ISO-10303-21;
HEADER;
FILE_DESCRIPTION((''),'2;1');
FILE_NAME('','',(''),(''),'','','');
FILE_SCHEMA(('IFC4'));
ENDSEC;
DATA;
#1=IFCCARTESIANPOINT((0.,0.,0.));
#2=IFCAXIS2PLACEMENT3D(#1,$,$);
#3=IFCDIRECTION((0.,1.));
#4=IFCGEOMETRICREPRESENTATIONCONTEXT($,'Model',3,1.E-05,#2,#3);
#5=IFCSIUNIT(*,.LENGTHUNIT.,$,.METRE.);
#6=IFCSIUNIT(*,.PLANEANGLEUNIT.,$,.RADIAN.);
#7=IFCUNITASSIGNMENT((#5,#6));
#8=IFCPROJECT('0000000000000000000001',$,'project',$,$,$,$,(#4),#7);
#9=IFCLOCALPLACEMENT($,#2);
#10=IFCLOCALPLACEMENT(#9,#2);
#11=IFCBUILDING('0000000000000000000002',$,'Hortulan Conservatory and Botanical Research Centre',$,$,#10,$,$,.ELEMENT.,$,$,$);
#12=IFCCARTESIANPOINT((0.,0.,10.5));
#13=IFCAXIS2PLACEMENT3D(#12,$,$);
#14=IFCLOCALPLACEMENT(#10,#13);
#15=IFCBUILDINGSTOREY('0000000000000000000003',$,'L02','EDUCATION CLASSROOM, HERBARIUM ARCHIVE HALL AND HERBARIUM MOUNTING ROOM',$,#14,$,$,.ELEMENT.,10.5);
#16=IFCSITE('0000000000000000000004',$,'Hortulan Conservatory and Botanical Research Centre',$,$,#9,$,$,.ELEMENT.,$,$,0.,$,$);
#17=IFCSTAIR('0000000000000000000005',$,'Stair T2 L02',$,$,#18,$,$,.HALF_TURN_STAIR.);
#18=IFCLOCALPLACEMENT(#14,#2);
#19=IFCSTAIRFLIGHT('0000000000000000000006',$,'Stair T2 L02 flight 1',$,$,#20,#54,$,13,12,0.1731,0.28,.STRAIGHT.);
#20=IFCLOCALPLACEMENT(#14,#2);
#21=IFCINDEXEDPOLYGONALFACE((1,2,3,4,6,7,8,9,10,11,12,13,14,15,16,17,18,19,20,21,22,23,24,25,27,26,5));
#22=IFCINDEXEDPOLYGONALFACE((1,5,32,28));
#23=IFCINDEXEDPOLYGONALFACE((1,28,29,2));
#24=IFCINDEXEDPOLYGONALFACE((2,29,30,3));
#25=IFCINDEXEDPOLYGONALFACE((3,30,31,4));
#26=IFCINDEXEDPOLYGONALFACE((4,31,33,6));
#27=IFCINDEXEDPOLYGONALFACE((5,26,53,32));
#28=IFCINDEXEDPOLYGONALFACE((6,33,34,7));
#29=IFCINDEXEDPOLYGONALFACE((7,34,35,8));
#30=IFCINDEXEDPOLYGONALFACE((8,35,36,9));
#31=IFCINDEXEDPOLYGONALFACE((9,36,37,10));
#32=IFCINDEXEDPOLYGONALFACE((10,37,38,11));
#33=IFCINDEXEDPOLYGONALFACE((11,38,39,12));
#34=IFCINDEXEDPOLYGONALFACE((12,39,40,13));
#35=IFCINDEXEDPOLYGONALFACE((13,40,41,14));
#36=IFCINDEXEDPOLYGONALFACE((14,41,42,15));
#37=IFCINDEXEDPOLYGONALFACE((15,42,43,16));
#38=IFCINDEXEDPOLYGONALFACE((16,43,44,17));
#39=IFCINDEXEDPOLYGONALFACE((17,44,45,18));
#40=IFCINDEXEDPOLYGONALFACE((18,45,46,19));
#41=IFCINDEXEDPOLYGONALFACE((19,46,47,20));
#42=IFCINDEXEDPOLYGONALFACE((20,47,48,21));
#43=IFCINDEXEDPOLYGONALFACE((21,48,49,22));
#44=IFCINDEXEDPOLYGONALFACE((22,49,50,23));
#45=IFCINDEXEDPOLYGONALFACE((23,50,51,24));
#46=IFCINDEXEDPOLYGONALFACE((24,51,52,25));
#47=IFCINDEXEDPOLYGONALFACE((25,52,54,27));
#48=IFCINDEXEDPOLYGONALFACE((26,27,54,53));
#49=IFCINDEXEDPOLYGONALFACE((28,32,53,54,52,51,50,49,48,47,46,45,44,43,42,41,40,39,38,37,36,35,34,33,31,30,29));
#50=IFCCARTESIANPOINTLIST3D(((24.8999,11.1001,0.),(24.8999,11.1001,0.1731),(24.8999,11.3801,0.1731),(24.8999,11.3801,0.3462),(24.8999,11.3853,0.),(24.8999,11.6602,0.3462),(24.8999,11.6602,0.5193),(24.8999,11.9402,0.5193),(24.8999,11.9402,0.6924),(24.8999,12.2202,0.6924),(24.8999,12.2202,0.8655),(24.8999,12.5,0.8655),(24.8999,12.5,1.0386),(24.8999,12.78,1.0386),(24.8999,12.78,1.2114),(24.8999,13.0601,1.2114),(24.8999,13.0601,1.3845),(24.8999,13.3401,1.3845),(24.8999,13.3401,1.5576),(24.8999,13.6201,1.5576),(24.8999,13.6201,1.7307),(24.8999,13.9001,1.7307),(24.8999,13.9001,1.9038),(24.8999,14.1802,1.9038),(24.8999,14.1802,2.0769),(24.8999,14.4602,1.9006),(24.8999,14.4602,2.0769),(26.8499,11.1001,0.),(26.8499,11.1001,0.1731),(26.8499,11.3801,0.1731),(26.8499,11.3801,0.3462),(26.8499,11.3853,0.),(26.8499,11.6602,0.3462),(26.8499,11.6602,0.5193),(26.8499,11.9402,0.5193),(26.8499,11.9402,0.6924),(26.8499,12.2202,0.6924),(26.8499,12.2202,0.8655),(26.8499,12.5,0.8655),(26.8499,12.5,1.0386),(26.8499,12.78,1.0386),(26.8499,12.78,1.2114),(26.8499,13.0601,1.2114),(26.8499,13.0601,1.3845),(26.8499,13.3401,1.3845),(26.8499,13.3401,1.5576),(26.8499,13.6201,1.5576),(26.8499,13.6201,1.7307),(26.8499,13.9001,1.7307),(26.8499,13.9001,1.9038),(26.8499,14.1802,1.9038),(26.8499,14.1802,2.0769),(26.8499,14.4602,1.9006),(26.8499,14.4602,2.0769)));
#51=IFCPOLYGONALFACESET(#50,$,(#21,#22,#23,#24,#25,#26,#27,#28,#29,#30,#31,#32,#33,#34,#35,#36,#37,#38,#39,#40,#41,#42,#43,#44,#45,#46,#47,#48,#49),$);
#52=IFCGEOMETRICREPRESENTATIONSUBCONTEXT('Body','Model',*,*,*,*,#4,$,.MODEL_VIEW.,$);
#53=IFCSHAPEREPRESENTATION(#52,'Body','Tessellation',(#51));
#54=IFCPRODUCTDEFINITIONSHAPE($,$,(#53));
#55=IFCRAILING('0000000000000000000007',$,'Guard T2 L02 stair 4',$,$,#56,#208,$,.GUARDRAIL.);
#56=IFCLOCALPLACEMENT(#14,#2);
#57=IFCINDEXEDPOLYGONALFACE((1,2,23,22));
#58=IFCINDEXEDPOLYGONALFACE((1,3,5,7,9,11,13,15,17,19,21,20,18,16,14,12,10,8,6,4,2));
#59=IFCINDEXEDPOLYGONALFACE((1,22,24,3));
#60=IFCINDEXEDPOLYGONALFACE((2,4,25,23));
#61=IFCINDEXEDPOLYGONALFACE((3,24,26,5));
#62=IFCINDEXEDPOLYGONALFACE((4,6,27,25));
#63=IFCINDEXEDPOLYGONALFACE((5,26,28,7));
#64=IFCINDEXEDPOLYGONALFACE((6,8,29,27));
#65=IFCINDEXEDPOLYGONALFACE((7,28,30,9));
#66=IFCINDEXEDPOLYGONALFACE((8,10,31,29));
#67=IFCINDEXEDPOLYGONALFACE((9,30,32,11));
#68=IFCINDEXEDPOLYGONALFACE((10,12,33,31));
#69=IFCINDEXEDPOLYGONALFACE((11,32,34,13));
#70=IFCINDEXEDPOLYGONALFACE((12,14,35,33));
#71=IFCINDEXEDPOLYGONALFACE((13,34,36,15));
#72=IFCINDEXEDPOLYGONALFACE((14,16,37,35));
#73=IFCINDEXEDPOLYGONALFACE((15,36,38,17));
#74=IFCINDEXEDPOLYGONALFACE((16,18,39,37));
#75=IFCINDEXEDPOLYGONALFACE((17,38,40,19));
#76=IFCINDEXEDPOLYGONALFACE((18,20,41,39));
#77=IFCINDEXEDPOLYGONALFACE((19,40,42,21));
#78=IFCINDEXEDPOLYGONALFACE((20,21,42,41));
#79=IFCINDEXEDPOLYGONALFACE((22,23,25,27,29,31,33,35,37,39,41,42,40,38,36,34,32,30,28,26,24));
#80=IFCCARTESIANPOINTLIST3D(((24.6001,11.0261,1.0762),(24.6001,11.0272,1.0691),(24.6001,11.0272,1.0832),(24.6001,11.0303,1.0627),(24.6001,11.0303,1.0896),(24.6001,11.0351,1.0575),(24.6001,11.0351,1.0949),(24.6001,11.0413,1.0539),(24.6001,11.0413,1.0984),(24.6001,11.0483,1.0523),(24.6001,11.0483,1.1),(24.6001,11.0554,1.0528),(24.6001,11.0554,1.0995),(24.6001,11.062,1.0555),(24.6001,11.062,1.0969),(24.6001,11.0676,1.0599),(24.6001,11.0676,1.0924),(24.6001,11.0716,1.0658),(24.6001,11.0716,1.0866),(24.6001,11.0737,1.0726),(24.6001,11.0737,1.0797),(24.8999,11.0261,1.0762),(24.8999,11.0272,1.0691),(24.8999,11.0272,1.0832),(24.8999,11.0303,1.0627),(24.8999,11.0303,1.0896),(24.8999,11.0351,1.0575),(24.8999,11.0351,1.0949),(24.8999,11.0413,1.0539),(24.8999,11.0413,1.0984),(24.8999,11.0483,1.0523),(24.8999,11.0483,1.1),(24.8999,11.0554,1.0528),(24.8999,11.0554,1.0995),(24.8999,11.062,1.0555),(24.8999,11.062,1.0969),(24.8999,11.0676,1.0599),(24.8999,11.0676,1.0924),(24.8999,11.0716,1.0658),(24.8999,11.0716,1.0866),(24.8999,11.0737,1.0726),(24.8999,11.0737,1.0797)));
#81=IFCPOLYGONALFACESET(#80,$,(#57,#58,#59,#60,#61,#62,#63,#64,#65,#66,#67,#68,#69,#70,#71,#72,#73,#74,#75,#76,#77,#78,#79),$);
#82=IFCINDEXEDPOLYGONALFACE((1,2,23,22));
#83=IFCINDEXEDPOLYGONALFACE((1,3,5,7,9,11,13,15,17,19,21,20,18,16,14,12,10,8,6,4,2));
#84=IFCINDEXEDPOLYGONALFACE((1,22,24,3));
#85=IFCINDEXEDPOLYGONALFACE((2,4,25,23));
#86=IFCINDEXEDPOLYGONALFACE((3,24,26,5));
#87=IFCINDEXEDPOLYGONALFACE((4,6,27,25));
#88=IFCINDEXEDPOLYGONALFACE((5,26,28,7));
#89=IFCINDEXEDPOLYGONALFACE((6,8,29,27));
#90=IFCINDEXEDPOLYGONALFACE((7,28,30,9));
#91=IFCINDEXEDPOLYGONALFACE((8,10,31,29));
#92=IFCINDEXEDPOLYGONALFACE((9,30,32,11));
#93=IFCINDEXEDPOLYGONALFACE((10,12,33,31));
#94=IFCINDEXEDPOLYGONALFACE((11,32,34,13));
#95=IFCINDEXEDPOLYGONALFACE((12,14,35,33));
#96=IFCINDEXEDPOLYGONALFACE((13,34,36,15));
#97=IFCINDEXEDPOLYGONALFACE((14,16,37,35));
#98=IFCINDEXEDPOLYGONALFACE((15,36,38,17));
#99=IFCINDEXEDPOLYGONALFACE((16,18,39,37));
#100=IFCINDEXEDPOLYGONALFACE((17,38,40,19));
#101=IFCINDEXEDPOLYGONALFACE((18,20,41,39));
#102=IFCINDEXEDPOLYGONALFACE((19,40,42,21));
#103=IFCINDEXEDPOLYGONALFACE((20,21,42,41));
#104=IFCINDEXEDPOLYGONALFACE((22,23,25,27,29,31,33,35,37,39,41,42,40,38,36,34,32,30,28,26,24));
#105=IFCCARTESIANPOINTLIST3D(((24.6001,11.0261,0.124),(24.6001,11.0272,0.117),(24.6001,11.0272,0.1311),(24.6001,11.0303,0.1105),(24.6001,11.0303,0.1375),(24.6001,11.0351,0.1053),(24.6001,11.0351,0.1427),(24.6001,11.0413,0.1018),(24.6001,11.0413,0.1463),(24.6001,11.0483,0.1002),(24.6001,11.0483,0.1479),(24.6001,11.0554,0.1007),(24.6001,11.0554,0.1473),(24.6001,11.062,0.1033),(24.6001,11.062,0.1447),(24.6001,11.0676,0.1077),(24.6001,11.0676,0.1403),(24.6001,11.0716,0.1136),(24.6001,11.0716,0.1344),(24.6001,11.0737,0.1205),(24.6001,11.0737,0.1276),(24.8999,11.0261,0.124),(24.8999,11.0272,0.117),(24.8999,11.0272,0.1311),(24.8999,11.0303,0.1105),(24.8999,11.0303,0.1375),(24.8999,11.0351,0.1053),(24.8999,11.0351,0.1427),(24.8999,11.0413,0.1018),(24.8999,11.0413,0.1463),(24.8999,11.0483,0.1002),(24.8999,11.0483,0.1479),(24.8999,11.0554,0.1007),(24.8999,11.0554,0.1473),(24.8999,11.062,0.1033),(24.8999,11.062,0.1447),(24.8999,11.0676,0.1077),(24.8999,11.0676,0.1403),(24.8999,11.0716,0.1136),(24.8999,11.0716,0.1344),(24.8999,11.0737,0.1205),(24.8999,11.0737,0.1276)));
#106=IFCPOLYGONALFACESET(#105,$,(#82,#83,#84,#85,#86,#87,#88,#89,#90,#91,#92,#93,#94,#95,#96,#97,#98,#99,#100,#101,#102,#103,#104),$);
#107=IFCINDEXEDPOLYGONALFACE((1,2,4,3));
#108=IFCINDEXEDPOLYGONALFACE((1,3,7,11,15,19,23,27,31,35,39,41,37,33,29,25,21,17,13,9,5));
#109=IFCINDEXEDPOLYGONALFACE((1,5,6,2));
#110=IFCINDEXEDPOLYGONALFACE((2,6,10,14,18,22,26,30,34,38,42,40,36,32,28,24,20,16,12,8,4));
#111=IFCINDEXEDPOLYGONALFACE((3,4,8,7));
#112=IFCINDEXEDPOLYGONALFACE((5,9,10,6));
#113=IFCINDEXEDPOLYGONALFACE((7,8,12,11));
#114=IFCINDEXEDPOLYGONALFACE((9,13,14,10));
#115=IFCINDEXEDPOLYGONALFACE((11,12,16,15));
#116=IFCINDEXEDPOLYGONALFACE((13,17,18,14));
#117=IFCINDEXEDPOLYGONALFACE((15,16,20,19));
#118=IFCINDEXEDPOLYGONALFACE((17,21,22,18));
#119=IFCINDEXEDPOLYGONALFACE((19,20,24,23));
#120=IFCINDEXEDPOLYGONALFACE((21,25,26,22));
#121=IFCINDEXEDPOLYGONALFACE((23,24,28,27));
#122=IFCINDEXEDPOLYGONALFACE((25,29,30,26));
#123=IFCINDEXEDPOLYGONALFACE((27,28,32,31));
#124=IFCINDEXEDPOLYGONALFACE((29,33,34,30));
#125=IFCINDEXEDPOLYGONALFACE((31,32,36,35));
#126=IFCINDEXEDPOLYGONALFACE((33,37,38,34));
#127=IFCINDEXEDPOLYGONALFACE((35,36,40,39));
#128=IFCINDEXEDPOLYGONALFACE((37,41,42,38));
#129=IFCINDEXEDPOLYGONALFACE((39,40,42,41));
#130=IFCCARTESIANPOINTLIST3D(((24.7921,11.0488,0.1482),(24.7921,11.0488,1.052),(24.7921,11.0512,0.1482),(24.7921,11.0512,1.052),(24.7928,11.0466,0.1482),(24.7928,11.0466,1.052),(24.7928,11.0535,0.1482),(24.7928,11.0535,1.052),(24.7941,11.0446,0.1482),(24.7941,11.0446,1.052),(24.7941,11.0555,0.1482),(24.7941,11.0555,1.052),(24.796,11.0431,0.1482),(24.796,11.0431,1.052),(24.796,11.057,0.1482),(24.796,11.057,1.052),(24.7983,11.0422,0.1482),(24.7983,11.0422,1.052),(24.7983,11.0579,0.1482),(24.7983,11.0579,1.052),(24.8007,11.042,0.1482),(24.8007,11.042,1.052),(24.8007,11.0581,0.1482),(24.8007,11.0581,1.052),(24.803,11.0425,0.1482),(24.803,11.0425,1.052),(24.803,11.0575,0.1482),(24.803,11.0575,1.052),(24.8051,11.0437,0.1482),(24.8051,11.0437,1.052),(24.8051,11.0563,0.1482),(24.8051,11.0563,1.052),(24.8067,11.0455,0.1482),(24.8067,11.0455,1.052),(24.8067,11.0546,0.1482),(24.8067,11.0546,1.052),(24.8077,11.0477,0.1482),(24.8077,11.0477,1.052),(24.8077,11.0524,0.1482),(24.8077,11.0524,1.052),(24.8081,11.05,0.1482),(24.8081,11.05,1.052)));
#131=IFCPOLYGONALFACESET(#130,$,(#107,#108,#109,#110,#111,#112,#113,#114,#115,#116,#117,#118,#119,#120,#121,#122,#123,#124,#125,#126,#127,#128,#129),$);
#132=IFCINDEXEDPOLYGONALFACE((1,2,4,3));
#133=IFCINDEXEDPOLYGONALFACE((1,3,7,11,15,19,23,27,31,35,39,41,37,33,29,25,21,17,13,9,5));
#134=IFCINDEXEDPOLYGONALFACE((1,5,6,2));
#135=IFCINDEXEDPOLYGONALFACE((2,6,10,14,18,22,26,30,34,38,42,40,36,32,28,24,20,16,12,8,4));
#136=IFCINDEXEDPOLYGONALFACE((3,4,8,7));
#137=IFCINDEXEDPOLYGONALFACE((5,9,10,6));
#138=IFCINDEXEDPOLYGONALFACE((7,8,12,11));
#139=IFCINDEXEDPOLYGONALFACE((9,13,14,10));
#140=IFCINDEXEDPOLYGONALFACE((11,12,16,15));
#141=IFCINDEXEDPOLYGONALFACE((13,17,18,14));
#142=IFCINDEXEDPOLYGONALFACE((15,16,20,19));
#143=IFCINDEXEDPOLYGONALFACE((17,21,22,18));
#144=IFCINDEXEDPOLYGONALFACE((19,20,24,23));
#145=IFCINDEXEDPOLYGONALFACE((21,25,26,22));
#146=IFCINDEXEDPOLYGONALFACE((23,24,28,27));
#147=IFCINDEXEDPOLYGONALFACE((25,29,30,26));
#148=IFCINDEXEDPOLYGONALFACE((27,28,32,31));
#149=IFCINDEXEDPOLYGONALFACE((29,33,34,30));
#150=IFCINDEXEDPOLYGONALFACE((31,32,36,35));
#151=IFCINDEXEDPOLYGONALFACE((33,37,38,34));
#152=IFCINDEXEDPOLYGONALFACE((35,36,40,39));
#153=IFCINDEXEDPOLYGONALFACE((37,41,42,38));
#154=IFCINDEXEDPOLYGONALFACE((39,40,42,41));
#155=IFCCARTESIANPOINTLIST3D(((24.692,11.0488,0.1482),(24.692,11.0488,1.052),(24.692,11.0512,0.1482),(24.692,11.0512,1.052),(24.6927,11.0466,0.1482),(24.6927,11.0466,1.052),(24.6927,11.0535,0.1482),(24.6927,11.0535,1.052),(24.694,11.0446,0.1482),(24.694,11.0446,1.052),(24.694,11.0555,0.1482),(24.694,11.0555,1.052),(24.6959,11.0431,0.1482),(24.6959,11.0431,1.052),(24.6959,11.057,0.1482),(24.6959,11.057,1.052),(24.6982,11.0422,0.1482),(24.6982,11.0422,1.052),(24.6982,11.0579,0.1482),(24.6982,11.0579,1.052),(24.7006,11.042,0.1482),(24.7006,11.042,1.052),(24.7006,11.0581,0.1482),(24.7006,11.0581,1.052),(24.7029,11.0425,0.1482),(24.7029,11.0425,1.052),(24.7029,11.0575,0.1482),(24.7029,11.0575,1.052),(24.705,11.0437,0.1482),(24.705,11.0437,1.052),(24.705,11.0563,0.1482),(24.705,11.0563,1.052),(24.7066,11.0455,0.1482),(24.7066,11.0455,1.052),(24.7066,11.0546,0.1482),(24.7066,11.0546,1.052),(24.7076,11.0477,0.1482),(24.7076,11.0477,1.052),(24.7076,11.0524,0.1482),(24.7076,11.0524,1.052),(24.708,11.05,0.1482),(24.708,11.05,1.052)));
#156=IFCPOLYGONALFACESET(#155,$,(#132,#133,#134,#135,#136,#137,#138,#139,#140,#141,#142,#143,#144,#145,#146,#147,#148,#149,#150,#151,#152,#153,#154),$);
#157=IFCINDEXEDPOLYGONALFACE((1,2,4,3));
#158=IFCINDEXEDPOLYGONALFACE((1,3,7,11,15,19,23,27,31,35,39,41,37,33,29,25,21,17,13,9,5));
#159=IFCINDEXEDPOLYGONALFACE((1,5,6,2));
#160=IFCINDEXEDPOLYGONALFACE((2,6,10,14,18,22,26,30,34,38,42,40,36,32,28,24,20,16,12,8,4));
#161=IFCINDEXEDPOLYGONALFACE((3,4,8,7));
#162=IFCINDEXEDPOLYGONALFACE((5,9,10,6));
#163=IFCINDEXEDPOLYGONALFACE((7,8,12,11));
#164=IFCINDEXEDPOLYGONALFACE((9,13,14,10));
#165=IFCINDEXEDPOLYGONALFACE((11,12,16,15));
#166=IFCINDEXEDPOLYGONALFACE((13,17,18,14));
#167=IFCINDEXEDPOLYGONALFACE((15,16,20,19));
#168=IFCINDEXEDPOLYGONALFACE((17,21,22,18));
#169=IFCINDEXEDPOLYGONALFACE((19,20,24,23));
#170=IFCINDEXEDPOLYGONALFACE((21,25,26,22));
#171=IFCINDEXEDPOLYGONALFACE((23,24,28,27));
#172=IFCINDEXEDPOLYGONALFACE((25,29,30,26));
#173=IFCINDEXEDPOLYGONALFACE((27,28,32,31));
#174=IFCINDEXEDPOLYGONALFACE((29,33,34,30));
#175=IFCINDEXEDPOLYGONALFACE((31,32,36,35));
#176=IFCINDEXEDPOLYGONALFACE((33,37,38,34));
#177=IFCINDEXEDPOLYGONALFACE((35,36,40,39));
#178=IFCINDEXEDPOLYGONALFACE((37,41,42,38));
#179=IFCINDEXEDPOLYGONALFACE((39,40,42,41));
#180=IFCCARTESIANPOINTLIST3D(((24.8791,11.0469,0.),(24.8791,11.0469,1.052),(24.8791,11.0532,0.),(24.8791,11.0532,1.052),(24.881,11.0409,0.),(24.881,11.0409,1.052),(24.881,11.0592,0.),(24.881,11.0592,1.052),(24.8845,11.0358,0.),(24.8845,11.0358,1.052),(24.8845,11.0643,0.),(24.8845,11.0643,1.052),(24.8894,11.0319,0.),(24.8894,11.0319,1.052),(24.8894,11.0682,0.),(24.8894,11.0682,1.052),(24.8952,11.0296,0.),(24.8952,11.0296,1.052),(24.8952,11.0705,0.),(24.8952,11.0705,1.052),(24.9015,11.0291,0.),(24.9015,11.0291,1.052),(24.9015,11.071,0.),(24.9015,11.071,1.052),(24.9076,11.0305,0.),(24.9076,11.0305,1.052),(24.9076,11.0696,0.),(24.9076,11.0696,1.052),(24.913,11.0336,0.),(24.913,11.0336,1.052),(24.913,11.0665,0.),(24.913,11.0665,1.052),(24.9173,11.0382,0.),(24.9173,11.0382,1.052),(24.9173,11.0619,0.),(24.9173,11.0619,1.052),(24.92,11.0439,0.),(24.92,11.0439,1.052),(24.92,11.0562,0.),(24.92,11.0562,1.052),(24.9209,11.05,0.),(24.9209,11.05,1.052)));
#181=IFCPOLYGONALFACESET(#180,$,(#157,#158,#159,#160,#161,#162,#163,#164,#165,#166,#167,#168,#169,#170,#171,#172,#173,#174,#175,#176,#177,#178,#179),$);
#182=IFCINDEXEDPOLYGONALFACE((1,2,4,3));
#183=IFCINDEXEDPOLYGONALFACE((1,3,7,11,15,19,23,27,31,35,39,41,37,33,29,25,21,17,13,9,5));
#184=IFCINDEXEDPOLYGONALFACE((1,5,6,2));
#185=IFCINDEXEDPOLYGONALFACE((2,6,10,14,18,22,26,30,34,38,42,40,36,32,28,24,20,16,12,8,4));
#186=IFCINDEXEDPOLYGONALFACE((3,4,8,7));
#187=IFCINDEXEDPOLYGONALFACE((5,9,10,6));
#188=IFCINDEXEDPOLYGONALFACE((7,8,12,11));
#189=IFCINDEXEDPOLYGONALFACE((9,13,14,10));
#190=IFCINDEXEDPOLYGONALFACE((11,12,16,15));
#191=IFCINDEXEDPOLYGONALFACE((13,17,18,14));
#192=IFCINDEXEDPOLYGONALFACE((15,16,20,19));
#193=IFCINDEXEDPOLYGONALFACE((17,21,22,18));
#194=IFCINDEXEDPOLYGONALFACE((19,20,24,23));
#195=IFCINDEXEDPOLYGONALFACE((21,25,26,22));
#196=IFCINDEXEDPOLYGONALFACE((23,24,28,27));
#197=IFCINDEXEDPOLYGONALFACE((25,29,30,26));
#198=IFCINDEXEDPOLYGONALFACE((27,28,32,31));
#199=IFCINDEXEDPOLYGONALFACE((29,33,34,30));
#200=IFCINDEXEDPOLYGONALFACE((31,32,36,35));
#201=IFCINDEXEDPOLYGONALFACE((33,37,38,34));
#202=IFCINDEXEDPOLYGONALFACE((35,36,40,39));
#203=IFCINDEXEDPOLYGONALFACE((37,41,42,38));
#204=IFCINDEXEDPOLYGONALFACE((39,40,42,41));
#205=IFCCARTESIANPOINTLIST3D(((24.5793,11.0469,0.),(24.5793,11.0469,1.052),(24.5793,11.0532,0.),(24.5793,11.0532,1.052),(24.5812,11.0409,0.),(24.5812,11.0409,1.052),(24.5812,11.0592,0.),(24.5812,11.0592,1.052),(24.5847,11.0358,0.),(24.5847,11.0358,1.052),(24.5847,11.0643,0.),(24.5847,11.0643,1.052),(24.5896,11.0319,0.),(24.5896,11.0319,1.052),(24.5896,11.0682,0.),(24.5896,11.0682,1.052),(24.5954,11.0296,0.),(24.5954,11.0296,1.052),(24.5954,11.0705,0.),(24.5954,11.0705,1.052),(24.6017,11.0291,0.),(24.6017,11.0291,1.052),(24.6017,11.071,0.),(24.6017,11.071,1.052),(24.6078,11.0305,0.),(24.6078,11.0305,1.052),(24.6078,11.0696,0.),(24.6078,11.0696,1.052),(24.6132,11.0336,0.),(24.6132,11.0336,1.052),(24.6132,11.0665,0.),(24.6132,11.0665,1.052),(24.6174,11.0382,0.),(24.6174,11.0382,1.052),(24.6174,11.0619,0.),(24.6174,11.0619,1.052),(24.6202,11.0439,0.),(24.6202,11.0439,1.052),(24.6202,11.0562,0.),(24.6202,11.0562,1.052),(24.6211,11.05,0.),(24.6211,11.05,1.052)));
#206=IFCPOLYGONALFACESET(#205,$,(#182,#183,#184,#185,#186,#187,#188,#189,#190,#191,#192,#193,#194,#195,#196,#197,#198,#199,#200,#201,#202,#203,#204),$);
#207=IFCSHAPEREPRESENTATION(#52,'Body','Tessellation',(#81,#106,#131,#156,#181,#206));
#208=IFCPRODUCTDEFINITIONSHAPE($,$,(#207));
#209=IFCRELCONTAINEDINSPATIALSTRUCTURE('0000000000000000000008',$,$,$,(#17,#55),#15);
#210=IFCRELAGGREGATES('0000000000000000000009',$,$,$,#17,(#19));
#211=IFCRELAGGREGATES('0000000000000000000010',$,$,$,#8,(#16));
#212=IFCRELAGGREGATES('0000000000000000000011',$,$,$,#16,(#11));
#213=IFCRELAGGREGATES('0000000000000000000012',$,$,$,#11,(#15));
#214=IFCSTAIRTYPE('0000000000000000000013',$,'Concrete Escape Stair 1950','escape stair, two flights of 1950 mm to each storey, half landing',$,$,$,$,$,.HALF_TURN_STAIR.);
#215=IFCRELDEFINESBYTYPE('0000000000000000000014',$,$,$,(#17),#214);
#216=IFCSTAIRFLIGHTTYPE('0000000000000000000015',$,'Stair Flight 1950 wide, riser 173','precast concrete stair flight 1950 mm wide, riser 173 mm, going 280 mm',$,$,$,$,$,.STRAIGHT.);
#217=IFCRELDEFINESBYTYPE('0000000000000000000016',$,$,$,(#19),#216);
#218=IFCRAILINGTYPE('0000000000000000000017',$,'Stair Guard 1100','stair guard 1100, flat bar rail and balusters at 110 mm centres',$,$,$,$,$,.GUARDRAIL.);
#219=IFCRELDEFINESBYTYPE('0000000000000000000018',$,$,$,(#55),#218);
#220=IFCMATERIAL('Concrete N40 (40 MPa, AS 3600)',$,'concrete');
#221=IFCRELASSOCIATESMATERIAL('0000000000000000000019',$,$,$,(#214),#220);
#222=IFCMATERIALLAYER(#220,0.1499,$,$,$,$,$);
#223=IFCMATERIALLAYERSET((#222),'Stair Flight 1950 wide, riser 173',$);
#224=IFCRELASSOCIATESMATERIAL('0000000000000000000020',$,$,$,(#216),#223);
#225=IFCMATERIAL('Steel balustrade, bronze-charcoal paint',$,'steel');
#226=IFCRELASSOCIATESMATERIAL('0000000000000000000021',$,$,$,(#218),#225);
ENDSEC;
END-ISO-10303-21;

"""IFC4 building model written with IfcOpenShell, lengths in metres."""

from ifc_helpers import new_model, si_unit, direction, frame, origin, origin_2d, place, context, subcontext, project, spatial, polyline, circle, outline, extrude, material, layer, layer_set, type_object, element, aggregate, save


model = new_model("IFC4")

# Units and contexts
model_context = context("Model", 3, precision=1e-05, world=origin(), true_north=direction((0.0, 1.0)))
body_context = subcontext(model_context, "Body", "Model", "MODEL_VIEW")
ifc_project = project(units=[si_unit("LENGTHUNIT", "METRE"), si_unit("PLANEANGLEUNIT", "RADIAN")], contexts=[model_context])

# Site, building, storey
site_placement = place(None, origin())
site = spatial("IfcSite", under=ifc_project, at=site_placement, Name="Hortulan Conservatory and Botanical Research Centre", CompositionType="ELEMENT", RefElevation=0.0)
building_placement = place(site_placement, origin())
building = spatial("IfcBuilding", under=site, at=building_placement, Name="Hortulan Conservatory and Botanical Research Centre", CompositionType="ELEMENT")
storey_placement = place(building_placement, frame((0.0, 0.0, 10.5)))
storey = spatial("IfcBuildingStorey", under=building, at=storey_placement, Name="L02", Description="EDUCATION CLASSROOM, HERBARIUM ARCHIVE HALL AND HERBARIUM MOUNTING ROOM", CompositionType="ELEMENT", Elevation=10.5)

# Stair, stair flight
ifc_material_1 = material(Name="Concrete N40 (40 MPa, AS 3600)", Category="concrete")
stair_type = type_object("IfcStairType", Name="Concrete Escape Stair 1950", Description="escape stair, two flights of 1950 mm to each storey, half landing", PredefinedType="HALF_TURN_STAIR", material=ifc_material_1)
stair_placement = place(storey_placement, origin())
stair = element("IfcStair", 1, at=stair_placement, inside=storey, type_object=stair_type, Name="Stair T2 L02", PredefinedType="HALF_TURN_STAIR")
ifc_layer_1 = layer(ifc_material_1, 0.1499)
ifc_layer_set_1 = layer_set([ifc_layer_1], Name="Stair Flight 1950 wide, riser 173")
stair_flight_type = type_object("IfcStairFlightType", Name="Stair Flight 1950 wide, riser 173", Description="precast concrete stair flight 1950 mm wide, riser 173 mm, going 280 mm", PredefinedType="STRAIGHT", material=ifc_layer_set_1)
stair_flight_placement = place(storey_placement, frame((25.875, 11.1001, 0.0), z_axis=(0.0, 0.0, 1.0), x_axis=(0.0, 1.0, 0.0)))
stair_flight = element("IfcStairFlight", 2, at=stair_flight_placement, type_object=stair_flight_type, Name="Stair T2 L02 flight 1", NumberOfRisers=13, NumberOfTreads=12, PredefinedType="STRAIGHT", RiserHeight=0.1731, TreadLength=0.28, context=body_context, shape_type="SweptSolid", body=[
    extrude(outline(polyline([(0.0, 0.0), (0.0, 0.1731), (0.28, 0.1731), (0.28, 0.3462), (0.5601, 0.3462), (0.5601, 0.5193), (0.8401, 0.5193), (0.8401, 0.6924), (1.1201, 0.6924), (1.1201, 0.8655), (1.3999, 0.8655), (1.3999, 1.0386), (1.6799, 1.0386), (1.6799, 1.2114), (1.96, 1.2114), (1.96, 1.3845), (2.24, 1.3845), (2.24, 1.5576), (2.52, 1.5576), (2.52, 1.7307), (2.8, 1.7307), (2.8, 1.9038), (3.0801, 1.9038), (3.0801, 2.0769), (3.3601, 2.0769), (3.3601, 2.25), (3.3601, 1.9006), (0.2852, 0.0), (0.0, 0.0)])), frame((0.0, 0.9751, 0.0), z_axis=(0.0, -1.0, 0.0), x_axis=(1.0, 0.0, 0.0)), (0.0, 0.0, 1.0), 1.95),
])
aggregate(stair, [stair_flight])

# Railing
ifc_material_2 = material(Name="Steel balustrade, bronze-charcoal paint", Category="steel")
railing_type_1 = type_object("IfcRailingType", Name="Stair Guard 1100", Description="stair guard 1100, flat bar rail and balusters at 110 mm centres", PredefinedType="GUARDRAIL", material=ifc_material_2)
railing_1_placement = place(storey_placement, frame((24.8999, 11.05, 0.0)))
element("IfcRailing", 3, at=railing_1_placement, inside=storey, type_object=railing_type_1, Name="Guard T2 L02 stair 4", PredefinedType="GUARDRAIL", context=body_context, shape_type="SweptSolid", body=[
    extrude(circle(Radius=0.0239, at=origin_2d()), frame((0.0, 0.0, 1.0762), z_axis=(-1.0, 0.0, 0.0), x_axis=(0.0, -1.0, 0.0)), (0.0, 0.0, 1.0), 0.2998),
    extrude(circle(Radius=0.0239, at=origin_2d()), frame((0.0, 0.0, 0.124), z_axis=(-1.0, 0.0, 0.0), x_axis=(0.0, -1.0, 0.0)), (0.0, 0.0, 1.0), 0.2998),
    extrude(circle(Radius=0.0081, at=origin_2d()), frame((-0.0999, 0.0, 0.1482)), (0.0, 0.0, 1.0), 0.9038),
    extrude(circle(Radius=0.0081, at=origin_2d()), frame((-0.2, 0.0, 0.1482)), (0.0, 0.0, 1.0), 0.9038),
    extrude(circle(Radius=0.021, at=origin_2d()), origin(), (0.0, 0.0, 1.0), 1.052),
    extrude(circle(Radius=0.021, at=origin_2d()), frame((-0.2998, 0.0, 0.0)), (0.0, 0.0, 1.0), 1.052),
])

save(model, "model.ifc")
